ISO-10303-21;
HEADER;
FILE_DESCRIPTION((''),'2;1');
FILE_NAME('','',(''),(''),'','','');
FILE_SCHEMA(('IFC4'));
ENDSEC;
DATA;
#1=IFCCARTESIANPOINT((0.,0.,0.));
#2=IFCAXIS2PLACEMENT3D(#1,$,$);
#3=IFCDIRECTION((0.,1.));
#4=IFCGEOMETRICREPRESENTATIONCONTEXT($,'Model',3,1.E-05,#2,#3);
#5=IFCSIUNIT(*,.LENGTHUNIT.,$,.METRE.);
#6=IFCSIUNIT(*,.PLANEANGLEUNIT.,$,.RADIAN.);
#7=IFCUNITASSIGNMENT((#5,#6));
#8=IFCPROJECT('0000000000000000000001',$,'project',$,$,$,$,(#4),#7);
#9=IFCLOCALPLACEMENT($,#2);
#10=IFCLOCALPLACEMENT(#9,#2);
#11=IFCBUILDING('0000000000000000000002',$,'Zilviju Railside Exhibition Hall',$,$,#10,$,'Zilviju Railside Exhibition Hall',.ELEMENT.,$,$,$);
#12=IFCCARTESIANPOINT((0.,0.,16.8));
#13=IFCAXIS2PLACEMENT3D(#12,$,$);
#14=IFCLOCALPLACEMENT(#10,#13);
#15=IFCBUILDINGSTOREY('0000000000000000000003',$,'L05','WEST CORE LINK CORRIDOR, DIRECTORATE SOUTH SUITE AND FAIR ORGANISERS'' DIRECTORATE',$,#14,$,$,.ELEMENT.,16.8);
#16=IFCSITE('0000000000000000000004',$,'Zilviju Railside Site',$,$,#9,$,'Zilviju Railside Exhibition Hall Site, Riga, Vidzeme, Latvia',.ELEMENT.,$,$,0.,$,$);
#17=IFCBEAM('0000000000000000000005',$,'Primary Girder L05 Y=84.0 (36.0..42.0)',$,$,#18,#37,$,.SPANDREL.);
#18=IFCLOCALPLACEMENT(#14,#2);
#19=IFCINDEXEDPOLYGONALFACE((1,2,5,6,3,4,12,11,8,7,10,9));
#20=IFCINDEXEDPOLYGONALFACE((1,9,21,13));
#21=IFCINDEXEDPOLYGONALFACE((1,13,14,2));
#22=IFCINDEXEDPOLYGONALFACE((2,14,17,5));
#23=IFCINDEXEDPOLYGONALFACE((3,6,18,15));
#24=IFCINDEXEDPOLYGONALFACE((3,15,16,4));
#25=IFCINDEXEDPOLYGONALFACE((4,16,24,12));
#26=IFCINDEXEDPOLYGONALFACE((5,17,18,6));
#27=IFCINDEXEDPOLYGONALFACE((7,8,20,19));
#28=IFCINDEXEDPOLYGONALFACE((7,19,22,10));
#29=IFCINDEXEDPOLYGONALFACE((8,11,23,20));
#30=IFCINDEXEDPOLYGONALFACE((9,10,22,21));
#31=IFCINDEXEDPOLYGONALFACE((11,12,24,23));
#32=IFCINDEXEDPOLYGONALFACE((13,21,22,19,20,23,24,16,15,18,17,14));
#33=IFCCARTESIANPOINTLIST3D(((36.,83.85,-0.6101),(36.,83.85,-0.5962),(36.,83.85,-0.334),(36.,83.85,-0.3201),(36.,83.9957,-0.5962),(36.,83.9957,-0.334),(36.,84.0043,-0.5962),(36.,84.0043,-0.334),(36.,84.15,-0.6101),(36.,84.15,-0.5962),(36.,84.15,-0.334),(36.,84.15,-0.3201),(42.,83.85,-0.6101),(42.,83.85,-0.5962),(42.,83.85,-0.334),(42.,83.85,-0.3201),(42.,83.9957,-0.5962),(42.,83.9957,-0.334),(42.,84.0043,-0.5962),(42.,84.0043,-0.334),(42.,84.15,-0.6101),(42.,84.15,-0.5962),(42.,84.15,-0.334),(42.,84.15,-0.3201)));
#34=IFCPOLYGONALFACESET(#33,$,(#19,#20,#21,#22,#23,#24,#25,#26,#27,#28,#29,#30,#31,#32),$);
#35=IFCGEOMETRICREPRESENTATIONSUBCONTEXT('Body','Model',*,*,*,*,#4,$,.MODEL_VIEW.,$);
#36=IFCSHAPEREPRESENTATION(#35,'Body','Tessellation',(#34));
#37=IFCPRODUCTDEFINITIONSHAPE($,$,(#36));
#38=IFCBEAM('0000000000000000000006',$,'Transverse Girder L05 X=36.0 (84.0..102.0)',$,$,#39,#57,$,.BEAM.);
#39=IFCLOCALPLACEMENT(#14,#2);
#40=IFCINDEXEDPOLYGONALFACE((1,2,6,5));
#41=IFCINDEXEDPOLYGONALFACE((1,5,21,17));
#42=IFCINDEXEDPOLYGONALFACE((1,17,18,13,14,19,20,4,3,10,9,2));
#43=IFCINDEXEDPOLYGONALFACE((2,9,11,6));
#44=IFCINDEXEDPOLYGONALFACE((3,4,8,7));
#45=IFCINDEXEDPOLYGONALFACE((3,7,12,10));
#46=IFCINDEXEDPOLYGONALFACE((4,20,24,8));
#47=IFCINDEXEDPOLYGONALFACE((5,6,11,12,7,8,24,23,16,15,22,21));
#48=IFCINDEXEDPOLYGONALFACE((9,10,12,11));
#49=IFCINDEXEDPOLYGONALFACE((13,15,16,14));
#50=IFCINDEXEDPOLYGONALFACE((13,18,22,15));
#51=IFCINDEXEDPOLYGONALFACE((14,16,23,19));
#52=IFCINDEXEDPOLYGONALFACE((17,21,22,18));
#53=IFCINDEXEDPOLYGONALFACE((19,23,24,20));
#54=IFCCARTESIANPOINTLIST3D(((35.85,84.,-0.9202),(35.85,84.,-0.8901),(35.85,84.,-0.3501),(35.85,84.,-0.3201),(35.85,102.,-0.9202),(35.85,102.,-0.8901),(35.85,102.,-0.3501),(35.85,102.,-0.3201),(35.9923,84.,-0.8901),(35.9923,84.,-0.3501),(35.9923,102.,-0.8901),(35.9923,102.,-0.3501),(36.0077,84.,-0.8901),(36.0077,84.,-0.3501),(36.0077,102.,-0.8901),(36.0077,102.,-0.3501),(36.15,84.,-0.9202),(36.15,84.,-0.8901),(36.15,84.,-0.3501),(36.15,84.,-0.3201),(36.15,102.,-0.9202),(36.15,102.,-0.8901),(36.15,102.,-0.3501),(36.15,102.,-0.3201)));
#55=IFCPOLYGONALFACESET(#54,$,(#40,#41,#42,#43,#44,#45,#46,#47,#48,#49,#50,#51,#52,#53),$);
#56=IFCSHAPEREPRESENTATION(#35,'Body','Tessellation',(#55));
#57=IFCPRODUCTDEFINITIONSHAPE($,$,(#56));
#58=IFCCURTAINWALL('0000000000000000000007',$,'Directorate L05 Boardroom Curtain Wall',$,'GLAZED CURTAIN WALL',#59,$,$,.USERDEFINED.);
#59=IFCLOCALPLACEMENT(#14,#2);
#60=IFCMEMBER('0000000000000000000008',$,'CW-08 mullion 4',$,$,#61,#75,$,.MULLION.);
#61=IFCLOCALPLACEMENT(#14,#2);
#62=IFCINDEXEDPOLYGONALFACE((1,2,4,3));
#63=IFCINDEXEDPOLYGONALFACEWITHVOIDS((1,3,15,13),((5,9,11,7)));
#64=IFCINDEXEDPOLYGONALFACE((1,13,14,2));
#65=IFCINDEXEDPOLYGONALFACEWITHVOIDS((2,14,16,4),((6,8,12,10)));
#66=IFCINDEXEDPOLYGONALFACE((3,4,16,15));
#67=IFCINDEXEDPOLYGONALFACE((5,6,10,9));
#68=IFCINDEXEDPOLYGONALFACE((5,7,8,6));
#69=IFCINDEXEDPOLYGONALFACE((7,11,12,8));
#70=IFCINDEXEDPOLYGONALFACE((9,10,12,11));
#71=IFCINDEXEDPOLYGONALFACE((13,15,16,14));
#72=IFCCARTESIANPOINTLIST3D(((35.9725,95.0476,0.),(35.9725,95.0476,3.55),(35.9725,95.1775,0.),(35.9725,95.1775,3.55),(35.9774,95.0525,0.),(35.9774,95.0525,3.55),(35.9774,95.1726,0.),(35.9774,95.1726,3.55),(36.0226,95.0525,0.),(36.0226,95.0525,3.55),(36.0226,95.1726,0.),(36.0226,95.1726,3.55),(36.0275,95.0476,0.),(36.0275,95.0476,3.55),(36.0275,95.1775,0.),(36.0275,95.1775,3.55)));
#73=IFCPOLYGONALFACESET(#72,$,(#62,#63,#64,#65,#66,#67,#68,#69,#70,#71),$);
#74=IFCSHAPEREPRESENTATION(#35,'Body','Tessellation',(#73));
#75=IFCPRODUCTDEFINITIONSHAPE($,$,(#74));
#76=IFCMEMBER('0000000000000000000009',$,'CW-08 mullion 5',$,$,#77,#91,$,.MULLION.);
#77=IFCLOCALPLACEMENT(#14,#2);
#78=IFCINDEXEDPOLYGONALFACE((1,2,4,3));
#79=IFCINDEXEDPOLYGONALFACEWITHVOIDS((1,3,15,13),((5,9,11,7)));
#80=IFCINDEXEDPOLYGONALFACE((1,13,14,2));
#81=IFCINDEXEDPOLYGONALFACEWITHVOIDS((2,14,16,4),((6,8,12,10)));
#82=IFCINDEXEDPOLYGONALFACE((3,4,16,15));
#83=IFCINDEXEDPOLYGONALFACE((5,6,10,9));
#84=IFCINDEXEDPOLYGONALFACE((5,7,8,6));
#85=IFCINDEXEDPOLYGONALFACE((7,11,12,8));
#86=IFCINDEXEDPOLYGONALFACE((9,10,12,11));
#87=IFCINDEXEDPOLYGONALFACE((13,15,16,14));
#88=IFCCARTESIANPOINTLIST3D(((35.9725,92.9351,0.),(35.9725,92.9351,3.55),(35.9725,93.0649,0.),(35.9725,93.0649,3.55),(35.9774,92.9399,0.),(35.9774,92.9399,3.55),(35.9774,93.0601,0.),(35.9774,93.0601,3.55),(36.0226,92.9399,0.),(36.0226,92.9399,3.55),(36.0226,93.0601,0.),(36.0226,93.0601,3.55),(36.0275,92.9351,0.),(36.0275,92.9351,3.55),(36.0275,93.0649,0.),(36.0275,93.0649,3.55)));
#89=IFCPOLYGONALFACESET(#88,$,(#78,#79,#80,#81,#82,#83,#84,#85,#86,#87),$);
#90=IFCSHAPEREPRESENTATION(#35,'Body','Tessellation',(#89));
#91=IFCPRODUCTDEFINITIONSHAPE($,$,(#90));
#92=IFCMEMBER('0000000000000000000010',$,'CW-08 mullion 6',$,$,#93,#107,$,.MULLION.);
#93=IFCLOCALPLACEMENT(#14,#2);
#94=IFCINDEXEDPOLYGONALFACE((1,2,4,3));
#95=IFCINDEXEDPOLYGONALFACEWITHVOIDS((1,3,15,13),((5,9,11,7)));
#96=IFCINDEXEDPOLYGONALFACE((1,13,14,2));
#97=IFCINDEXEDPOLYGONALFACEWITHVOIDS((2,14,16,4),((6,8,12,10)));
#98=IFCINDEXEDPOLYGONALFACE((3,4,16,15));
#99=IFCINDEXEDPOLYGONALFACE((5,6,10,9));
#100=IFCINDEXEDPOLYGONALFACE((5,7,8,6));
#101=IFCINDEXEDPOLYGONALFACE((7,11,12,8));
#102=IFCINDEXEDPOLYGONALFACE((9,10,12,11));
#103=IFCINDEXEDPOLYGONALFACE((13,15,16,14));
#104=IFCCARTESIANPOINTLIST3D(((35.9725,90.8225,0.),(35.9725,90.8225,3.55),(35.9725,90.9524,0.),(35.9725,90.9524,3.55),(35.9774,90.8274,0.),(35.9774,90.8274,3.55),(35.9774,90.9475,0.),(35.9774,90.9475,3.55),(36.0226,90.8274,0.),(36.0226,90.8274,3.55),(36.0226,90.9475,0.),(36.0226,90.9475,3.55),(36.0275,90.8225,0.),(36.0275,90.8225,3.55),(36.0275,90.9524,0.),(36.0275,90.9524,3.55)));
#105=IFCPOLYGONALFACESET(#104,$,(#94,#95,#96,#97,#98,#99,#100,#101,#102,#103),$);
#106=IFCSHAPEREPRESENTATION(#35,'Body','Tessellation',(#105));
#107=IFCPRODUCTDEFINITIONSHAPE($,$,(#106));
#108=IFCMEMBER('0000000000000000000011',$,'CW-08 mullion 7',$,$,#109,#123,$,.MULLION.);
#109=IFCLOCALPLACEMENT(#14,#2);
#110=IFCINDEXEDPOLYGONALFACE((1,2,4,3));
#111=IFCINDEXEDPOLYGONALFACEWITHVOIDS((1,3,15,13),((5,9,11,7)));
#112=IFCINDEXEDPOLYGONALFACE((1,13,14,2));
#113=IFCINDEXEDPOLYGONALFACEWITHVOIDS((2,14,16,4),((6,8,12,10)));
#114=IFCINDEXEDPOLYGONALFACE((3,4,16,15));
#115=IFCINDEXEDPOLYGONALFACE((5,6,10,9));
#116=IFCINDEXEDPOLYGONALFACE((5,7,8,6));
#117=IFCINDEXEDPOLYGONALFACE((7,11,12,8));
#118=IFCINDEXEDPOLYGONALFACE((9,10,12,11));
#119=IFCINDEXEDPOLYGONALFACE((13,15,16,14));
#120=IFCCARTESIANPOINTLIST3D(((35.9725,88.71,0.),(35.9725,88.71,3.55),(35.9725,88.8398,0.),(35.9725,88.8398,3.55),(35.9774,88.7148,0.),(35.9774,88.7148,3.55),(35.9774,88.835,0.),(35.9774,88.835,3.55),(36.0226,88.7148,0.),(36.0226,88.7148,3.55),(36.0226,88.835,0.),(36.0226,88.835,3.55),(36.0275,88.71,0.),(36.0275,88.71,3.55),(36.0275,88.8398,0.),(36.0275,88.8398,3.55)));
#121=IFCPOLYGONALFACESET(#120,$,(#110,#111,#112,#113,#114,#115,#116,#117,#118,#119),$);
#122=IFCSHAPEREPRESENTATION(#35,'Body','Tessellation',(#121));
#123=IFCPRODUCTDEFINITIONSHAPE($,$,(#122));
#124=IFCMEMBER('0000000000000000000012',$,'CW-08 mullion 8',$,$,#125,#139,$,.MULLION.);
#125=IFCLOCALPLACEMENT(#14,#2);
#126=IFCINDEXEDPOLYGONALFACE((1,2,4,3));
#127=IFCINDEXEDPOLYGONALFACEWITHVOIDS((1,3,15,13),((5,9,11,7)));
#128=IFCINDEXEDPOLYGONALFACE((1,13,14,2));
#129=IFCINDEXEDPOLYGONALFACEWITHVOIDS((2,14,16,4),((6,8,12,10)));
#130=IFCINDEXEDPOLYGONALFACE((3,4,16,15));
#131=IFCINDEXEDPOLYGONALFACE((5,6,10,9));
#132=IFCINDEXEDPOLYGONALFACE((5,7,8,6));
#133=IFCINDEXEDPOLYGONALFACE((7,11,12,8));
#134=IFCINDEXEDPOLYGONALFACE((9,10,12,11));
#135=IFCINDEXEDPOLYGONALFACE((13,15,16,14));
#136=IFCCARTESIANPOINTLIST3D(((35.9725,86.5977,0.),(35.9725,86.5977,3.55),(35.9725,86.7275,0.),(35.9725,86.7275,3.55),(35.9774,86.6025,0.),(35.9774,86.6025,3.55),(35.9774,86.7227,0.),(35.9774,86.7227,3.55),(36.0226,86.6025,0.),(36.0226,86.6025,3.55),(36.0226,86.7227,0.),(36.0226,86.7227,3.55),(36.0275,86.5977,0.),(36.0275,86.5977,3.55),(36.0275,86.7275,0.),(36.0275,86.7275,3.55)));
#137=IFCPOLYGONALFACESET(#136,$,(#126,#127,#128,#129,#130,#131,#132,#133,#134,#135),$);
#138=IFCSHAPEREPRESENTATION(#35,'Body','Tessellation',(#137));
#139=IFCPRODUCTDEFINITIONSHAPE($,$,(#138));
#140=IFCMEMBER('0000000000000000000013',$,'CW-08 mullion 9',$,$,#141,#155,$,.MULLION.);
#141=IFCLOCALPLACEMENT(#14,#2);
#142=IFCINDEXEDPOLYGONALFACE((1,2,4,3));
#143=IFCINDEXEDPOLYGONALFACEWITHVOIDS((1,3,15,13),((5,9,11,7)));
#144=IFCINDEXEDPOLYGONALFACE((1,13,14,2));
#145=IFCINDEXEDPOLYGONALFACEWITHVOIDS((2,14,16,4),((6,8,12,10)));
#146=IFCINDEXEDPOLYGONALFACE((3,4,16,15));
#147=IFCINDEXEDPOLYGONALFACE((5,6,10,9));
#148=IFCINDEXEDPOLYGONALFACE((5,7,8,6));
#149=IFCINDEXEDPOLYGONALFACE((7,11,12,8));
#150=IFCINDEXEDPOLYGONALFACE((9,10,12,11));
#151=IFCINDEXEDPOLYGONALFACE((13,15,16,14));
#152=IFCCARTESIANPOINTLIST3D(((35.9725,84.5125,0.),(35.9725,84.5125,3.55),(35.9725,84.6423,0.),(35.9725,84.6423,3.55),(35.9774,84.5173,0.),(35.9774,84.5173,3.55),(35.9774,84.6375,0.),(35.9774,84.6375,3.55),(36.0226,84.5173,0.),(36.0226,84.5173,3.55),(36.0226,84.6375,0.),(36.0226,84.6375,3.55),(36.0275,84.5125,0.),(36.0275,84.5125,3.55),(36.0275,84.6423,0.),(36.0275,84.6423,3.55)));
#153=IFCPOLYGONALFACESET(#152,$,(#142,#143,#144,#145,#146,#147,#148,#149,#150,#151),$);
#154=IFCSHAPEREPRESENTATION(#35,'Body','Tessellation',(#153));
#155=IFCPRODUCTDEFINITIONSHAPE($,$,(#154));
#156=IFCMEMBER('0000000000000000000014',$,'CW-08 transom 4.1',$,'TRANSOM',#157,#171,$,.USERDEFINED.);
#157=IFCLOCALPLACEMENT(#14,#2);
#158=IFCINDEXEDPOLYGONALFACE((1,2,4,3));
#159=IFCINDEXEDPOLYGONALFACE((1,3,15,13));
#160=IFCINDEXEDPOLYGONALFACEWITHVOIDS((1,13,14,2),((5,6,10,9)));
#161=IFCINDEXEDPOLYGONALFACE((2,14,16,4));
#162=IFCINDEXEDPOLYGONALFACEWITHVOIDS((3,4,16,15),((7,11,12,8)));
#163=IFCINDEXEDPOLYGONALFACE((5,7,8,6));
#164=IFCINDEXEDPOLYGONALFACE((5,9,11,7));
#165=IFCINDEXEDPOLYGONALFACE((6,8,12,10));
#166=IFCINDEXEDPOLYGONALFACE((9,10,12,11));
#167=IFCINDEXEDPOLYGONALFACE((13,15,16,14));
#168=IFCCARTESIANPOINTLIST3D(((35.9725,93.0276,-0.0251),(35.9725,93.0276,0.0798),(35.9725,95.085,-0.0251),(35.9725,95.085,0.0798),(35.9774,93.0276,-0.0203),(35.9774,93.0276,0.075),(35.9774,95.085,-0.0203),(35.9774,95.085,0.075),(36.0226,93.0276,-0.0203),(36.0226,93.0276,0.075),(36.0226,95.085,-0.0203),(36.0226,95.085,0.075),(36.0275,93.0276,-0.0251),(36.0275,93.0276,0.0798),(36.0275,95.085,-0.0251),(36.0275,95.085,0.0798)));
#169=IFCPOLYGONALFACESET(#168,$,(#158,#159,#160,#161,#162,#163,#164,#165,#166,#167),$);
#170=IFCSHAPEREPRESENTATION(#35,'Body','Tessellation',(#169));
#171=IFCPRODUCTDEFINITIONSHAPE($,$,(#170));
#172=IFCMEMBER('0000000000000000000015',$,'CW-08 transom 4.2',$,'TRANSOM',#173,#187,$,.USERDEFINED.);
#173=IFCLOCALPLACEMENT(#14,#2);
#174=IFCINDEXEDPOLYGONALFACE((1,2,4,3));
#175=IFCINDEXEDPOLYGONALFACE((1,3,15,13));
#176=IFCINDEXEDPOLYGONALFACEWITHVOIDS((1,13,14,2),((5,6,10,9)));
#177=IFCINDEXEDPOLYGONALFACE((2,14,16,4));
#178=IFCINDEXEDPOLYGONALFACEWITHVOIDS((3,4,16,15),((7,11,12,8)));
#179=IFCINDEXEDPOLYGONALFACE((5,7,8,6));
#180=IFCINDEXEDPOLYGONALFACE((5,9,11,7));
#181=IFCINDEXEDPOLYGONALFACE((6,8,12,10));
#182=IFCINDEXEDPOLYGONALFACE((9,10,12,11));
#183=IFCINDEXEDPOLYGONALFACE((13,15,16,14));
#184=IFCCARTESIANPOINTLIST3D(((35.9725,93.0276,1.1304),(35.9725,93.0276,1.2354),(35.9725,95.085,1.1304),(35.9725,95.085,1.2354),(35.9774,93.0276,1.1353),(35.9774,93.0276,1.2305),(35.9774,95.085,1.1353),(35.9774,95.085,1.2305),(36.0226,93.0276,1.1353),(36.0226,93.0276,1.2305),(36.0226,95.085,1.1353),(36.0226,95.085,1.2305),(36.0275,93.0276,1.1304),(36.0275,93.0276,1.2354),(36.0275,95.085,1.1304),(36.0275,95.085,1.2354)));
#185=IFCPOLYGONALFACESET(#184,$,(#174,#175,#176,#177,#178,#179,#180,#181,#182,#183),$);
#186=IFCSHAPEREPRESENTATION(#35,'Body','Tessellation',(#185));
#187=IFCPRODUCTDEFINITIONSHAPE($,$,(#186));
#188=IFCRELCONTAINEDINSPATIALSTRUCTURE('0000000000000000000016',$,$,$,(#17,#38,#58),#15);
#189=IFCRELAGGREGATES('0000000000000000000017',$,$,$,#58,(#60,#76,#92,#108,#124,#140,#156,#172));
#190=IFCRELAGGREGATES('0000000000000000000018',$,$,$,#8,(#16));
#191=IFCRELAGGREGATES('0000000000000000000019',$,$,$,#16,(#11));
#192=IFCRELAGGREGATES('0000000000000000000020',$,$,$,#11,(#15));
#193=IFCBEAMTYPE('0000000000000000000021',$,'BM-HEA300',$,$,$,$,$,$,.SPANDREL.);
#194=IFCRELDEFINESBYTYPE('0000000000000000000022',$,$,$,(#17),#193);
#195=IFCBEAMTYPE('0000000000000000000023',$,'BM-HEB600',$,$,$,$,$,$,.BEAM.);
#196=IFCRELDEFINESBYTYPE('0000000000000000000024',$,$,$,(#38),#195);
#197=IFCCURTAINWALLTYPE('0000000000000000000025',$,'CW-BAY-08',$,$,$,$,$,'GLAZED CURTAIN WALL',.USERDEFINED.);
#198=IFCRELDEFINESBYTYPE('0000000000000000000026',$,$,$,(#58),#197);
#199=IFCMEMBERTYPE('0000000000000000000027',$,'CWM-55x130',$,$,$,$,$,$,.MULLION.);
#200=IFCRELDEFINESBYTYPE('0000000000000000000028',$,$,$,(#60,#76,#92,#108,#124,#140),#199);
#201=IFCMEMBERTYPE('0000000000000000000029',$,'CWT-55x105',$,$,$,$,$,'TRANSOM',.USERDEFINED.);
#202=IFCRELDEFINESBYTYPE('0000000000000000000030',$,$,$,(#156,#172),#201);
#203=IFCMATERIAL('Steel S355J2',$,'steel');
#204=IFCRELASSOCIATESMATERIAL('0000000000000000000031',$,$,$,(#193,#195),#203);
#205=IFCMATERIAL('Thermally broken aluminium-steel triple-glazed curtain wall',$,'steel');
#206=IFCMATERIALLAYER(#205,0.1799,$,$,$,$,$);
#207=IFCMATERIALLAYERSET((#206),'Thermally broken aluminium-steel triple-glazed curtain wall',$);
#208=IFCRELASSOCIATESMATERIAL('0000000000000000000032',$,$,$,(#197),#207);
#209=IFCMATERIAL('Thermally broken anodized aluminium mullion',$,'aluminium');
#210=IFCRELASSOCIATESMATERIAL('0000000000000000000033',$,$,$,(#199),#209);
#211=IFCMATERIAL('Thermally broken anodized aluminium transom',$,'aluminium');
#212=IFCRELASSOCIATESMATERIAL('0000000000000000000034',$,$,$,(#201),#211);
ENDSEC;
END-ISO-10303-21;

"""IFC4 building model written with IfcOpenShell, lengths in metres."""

from ifc_helpers import new_model, si_unit, direction, frame, origin, origin_2d, place, context, subcontext, project, spatial, hollow_rectangle, i_section, extrude, material, layer, layer_set, material_profile, profile_set, type_object, element, aggregate, save


model = new_model("IFC4")

# Units and contexts
model_context = context("Model", 3, precision=1e-05, world=origin(), true_north=direction((0.0, 1.0)))
body_context = subcontext(model_context, "Body", "Model", "MODEL_VIEW")
ifc_project = project(units=[si_unit("LENGTHUNIT", "METRE"), si_unit("PLANEANGLEUNIT", "RADIAN")], contexts=[model_context])

# Site, building, storey
site_placement = place(None, origin())
site = spatial("IfcSite", under=ifc_project, at=site_placement, Name="Zilviju Railside Site", LongName="Zilviju Railside Exhibition Hall Site, Riga, Vidzeme, Latvia", CompositionType="ELEMENT", RefElevation=0.0)
building_placement = place(site_placement, origin())
building = spatial("IfcBuilding", under=site, at=building_placement, Name="Zilviju Railside Exhibition Hall", LongName="Zilviju Railside Exhibition Hall", CompositionType="ELEMENT")
storey_placement = place(building_placement, frame((0.0, 0.0, 16.8)))
storey = spatial("IfcBuildingStorey", under=building, at=storey_placement, Name="L05", Description="WEST CORE LINK CORRIDOR, DIRECTORATE SOUTH SUITE AND FAIR ORGANISERS' DIRECTORATE", CompositionType="ELEMENT", Elevation=16.8)

# Beams
ifc_material_1 = material(Name="Steel S355J2", Category="steel")
ifc_material_profile_1 = material_profile(ifc_material_1, i_section(OverallWidth=0.3, OverallDepth=0.29, WebThickness=0.0085, FlangeThickness=0.0139, at=origin_2d()), Name="HEA 300")
ifc_profile_set_1 = profile_set([ifc_material_profile_1], Name="Steel S355J2")
beam_type_1 = type_object("IfcBeamType", Name="BM-HEA300", PredefinedType="SPANDREL", material=ifc_profile_set_1)
beam_1_placement = place(storey_placement, frame((36.0, 84.0, -0.4651), z_axis=(1.0, 0.0, 0.0), x_axis=(0.0, 1.0, 0.0)))
element("IfcBeam", 1, at=beam_1_placement, inside=storey, type_object=beam_type_1, Name="Primary Girder L05 Y=84.0 (36.0..42.0)", PredefinedType="SPANDREL", context=body_context, shape_type="SweptSolid", body=[
    extrude(i_section(OverallWidth=0.3, OverallDepth=0.29, WebThickness=0.0085, FlangeThickness=0.0139, at=origin_2d()), origin(), (0.0, 0.0, 1.0), 6.0),
])
ifc_material_profile_2 = material_profile(ifc_material_1, i_section(OverallWidth=0.3, OverallDepth=0.6001, WebThickness=0.0154, FlangeThickness=0.03, at=origin_2d()), Name="HEB 600")
ifc_profile_set_2 = profile_set([ifc_material_profile_2], Name="Steel S355J2")
beam_type_2 = type_object("IfcBeamType", Name="BM-HEB600", PredefinedType="BEAM", material=ifc_profile_set_2)
beam_2_placement = place(storey_placement, frame((36.0, 84.0, -0.6201), z_axis=(0.0, 1.0, 0.0), x_axis=(-1.0, 0.0, 0.0)))
element("IfcBeam", 2, at=beam_2_placement, inside=storey, type_object=beam_type_2, Name="Transverse Girder L05 X=36.0 (84.0..102.0)", PredefinedType="BEAM", context=body_context, shape_type="SweptSolid", body=[
    extrude(i_section(OverallWidth=0.3, OverallDepth=0.6001, WebThickness=0.0154, FlangeThickness=0.03, at=origin_2d()), origin(), (0.0, 0.0, 1.0), 18.0),
])

# Curtain wall, members
ifc_material_2 = material(Name="Thermally broken aluminium-steel triple-glazed curtain wall", Category="steel")
ifc_layer_1 = layer(ifc_material_2, 0.1799)
ifc_layer_set_1 = layer_set([ifc_layer_1], Name="Thermally broken aluminium-steel triple-glazed curtain wall")
curtain_wall_type = type_object("IfcCurtainWallType", Name="CW-BAY-08", ElementType="GLAZED CURTAIN WALL", PredefinedType="USERDEFINED", material=ifc_layer_set_1)
curtain_wall_placement = place(storey_placement, origin())
curtain_wall = element("IfcCurtainWall", 3, at=curtain_wall_placement, inside=storey, type_object=curtain_wall_type, Name="Directorate L05 Boardroom Curtain Wall", ObjectType="GLAZED CURTAIN WALL", PredefinedType="USERDEFINED")
ifc_material_3 = material(Name="Thermally broken anodized aluminium mullion", Category="aluminium")
ifc_material_profile_3 = material_profile(ifc_material_3, hollow_rectangle(XDim=0.0549, YDim=0.1299, WallThickness=0.0049, at=origin_2d()), Name="MULLION 130x55x5")
ifc_profile_set_3 = profile_set([ifc_material_profile_3], Name="Thermally broken anodized aluminium mullion")
member_type_1 = type_object("IfcMemberType", Name="CWM-55x130", PredefinedType="MULLION", material=ifc_profile_set_3)
member_1_placement = place(storey_placement, frame((36.0, 95.1125, 0.0), z_axis=(0.0, 0.0, 1.0), x_axis=(1.0, 0.0, 0.0)))
member_1 = element("IfcMember", 4, at=member_1_placement, type_object=member_type_1, Name="CW-08 mullion 4", PredefinedType="MULLION", context=body_context, shape_type="SweptSolid", body=[
    extrude(hollow_rectangle(XDim=0.0549, YDim=0.1299, WallThickness=0.0049, at=origin_2d()), origin(), (0.0, 0.0, 1.0), 3.55),
])
member_2_placement = place(storey_placement, frame((36.0, 93.0, 0.0), z_axis=(0.0, 0.0, 1.0), x_axis=(1.0, 0.0, 0.0)))
member_2 = element("IfcMember", 5, at=member_2_placement, type_object=member_type_1, Name="CW-08 mullion 5", PredefinedType="MULLION", context=body_context, shape_type="SweptSolid", body=[
    extrude(hollow_rectangle(XDim=0.0549, YDim=0.1299, WallThickness=0.0049, at=origin_2d()), origin(), (0.0, 0.0, 1.0), 3.55),
])
member_3_placement = place(storey_placement, frame((36.0, 90.8875, 0.0), z_axis=(0.0, 0.0, 1.0), x_axis=(1.0, 0.0, 0.0)))
member_3 = element("IfcMember", 6, at=member_3_placement, type_object=member_type_1, Name="CW-08 mullion 6", PredefinedType="MULLION", context=body_context, shape_type="SweptSolid", body=[
    extrude(hollow_rectangle(XDim=0.0549, YDim=0.1299, WallThickness=0.0049, at=origin_2d()), origin(), (0.0, 0.0, 1.0), 3.55),
])
member_4_placement = place(storey_placement, frame((36.0, 88.7749, 0.0), z_axis=(0.0, 0.0, 1.0), x_axis=(1.0, 0.0, 0.0)))
member_4 = element("IfcMember", 7, at=member_4_placement, type_object=member_type_1, Name="CW-08 mullion 7", PredefinedType="MULLION", context=body_context, shape_type="SweptSolid", body=[
    extrude(hollow_rectangle(XDim=0.0549, YDim=0.1299, WallThickness=0.0049, at=origin_2d()), origin(), (0.0, 0.0, 1.0), 3.55),
])
member_5_placement = place(storey_placement, frame((36.0, 86.6626, 0.0), z_axis=(0.0, 0.0, 1.0), x_axis=(1.0, 0.0, 0.0)))
member_5 = element("IfcMember", 8, at=member_5_placement, type_object=member_type_1, Name="CW-08 mullion 8", PredefinedType="MULLION", context=body_context, shape_type="SweptSolid", body=[
    extrude(hollow_rectangle(XDim=0.0549, YDim=0.1299, WallThickness=0.0049, at=origin_2d()), origin(), (0.0, 0.0, 1.0), 3.55),
])
member_6_placement = place(storey_placement, frame((36.0, 84.5774, 0.0), z_axis=(0.0, 0.0, 1.0), x_axis=(1.0, 0.0, 0.0)))
member_6 = element("IfcMember", 9, at=member_6_placement, type_object=member_type_1, Name="CW-08 mullion 9", PredefinedType="MULLION", context=body_context, shape_type="SweptSolid", body=[
    extrude(hollow_rectangle(XDim=0.0549, YDim=0.1299, WallThickness=0.0049, at=origin_2d()), origin(), (0.0, 0.0, 1.0), 3.55),
])
ifc_material_4 = material(Name="Thermally broken anodized aluminium transom", Category="aluminium")
ifc_material_profile_4 = material_profile(ifc_material_4, hollow_rectangle(XDim=0.0549, YDim=0.105, WallThickness=0.0049, at=origin_2d()), Name="TRANSOM 105x55x5")
ifc_profile_set_4 = profile_set([ifc_material_profile_4], Name="Thermally broken anodized aluminium transom")
member_type_2 = type_object("IfcMemberType", Name="CWT-55x105", ElementType="TRANSOM", PredefinedType="USERDEFINED", material=ifc_profile_set_4)
member_7_placement = place(storey_placement, frame((36.0, 95.085, 0.0273), z_axis=(0.0, -1.0, 0.0), x_axis=(1.0, 0.0, 0.0)))
member_7 = element("IfcMember", 10, at=member_7_placement, type_object=member_type_2, Name="CW-08 transom 4.1", ObjectType="TRANSOM", PredefinedType="USERDEFINED", context=body_context, shape_type="SweptSolid", body=[
    extrude(hollow_rectangle(XDim=0.0549, YDim=0.105, WallThickness=0.0049, at=origin_2d()), origin(), (0.0, 0.0, 1.0), 2.0574),
])
member_8_placement = place(storey_placement, frame((36.0, 95.085, 1.1829), z_axis=(0.0, -1.0, 0.0), x_axis=(1.0, 0.0, 0.0)))
member_8 = element("IfcMember", 11, at=member_8_placement, type_object=member_type_2, Name="CW-08 transom 4.2", ObjectType="TRANSOM", PredefinedType="USERDEFINED", context=body_context, shape_type="SweptSolid", body=[
    extrude(hollow_rectangle(XDim=0.0549, YDim=0.105, WallThickness=0.0049, at=origin_2d()), origin(), (0.0, 0.0, 1.0), 2.0574),
])
aggregate(curtain_wall, [member_1, member_2, member_3, member_4, member_5, member_6, member_7, member_8])

save(model, "model.ifc")
